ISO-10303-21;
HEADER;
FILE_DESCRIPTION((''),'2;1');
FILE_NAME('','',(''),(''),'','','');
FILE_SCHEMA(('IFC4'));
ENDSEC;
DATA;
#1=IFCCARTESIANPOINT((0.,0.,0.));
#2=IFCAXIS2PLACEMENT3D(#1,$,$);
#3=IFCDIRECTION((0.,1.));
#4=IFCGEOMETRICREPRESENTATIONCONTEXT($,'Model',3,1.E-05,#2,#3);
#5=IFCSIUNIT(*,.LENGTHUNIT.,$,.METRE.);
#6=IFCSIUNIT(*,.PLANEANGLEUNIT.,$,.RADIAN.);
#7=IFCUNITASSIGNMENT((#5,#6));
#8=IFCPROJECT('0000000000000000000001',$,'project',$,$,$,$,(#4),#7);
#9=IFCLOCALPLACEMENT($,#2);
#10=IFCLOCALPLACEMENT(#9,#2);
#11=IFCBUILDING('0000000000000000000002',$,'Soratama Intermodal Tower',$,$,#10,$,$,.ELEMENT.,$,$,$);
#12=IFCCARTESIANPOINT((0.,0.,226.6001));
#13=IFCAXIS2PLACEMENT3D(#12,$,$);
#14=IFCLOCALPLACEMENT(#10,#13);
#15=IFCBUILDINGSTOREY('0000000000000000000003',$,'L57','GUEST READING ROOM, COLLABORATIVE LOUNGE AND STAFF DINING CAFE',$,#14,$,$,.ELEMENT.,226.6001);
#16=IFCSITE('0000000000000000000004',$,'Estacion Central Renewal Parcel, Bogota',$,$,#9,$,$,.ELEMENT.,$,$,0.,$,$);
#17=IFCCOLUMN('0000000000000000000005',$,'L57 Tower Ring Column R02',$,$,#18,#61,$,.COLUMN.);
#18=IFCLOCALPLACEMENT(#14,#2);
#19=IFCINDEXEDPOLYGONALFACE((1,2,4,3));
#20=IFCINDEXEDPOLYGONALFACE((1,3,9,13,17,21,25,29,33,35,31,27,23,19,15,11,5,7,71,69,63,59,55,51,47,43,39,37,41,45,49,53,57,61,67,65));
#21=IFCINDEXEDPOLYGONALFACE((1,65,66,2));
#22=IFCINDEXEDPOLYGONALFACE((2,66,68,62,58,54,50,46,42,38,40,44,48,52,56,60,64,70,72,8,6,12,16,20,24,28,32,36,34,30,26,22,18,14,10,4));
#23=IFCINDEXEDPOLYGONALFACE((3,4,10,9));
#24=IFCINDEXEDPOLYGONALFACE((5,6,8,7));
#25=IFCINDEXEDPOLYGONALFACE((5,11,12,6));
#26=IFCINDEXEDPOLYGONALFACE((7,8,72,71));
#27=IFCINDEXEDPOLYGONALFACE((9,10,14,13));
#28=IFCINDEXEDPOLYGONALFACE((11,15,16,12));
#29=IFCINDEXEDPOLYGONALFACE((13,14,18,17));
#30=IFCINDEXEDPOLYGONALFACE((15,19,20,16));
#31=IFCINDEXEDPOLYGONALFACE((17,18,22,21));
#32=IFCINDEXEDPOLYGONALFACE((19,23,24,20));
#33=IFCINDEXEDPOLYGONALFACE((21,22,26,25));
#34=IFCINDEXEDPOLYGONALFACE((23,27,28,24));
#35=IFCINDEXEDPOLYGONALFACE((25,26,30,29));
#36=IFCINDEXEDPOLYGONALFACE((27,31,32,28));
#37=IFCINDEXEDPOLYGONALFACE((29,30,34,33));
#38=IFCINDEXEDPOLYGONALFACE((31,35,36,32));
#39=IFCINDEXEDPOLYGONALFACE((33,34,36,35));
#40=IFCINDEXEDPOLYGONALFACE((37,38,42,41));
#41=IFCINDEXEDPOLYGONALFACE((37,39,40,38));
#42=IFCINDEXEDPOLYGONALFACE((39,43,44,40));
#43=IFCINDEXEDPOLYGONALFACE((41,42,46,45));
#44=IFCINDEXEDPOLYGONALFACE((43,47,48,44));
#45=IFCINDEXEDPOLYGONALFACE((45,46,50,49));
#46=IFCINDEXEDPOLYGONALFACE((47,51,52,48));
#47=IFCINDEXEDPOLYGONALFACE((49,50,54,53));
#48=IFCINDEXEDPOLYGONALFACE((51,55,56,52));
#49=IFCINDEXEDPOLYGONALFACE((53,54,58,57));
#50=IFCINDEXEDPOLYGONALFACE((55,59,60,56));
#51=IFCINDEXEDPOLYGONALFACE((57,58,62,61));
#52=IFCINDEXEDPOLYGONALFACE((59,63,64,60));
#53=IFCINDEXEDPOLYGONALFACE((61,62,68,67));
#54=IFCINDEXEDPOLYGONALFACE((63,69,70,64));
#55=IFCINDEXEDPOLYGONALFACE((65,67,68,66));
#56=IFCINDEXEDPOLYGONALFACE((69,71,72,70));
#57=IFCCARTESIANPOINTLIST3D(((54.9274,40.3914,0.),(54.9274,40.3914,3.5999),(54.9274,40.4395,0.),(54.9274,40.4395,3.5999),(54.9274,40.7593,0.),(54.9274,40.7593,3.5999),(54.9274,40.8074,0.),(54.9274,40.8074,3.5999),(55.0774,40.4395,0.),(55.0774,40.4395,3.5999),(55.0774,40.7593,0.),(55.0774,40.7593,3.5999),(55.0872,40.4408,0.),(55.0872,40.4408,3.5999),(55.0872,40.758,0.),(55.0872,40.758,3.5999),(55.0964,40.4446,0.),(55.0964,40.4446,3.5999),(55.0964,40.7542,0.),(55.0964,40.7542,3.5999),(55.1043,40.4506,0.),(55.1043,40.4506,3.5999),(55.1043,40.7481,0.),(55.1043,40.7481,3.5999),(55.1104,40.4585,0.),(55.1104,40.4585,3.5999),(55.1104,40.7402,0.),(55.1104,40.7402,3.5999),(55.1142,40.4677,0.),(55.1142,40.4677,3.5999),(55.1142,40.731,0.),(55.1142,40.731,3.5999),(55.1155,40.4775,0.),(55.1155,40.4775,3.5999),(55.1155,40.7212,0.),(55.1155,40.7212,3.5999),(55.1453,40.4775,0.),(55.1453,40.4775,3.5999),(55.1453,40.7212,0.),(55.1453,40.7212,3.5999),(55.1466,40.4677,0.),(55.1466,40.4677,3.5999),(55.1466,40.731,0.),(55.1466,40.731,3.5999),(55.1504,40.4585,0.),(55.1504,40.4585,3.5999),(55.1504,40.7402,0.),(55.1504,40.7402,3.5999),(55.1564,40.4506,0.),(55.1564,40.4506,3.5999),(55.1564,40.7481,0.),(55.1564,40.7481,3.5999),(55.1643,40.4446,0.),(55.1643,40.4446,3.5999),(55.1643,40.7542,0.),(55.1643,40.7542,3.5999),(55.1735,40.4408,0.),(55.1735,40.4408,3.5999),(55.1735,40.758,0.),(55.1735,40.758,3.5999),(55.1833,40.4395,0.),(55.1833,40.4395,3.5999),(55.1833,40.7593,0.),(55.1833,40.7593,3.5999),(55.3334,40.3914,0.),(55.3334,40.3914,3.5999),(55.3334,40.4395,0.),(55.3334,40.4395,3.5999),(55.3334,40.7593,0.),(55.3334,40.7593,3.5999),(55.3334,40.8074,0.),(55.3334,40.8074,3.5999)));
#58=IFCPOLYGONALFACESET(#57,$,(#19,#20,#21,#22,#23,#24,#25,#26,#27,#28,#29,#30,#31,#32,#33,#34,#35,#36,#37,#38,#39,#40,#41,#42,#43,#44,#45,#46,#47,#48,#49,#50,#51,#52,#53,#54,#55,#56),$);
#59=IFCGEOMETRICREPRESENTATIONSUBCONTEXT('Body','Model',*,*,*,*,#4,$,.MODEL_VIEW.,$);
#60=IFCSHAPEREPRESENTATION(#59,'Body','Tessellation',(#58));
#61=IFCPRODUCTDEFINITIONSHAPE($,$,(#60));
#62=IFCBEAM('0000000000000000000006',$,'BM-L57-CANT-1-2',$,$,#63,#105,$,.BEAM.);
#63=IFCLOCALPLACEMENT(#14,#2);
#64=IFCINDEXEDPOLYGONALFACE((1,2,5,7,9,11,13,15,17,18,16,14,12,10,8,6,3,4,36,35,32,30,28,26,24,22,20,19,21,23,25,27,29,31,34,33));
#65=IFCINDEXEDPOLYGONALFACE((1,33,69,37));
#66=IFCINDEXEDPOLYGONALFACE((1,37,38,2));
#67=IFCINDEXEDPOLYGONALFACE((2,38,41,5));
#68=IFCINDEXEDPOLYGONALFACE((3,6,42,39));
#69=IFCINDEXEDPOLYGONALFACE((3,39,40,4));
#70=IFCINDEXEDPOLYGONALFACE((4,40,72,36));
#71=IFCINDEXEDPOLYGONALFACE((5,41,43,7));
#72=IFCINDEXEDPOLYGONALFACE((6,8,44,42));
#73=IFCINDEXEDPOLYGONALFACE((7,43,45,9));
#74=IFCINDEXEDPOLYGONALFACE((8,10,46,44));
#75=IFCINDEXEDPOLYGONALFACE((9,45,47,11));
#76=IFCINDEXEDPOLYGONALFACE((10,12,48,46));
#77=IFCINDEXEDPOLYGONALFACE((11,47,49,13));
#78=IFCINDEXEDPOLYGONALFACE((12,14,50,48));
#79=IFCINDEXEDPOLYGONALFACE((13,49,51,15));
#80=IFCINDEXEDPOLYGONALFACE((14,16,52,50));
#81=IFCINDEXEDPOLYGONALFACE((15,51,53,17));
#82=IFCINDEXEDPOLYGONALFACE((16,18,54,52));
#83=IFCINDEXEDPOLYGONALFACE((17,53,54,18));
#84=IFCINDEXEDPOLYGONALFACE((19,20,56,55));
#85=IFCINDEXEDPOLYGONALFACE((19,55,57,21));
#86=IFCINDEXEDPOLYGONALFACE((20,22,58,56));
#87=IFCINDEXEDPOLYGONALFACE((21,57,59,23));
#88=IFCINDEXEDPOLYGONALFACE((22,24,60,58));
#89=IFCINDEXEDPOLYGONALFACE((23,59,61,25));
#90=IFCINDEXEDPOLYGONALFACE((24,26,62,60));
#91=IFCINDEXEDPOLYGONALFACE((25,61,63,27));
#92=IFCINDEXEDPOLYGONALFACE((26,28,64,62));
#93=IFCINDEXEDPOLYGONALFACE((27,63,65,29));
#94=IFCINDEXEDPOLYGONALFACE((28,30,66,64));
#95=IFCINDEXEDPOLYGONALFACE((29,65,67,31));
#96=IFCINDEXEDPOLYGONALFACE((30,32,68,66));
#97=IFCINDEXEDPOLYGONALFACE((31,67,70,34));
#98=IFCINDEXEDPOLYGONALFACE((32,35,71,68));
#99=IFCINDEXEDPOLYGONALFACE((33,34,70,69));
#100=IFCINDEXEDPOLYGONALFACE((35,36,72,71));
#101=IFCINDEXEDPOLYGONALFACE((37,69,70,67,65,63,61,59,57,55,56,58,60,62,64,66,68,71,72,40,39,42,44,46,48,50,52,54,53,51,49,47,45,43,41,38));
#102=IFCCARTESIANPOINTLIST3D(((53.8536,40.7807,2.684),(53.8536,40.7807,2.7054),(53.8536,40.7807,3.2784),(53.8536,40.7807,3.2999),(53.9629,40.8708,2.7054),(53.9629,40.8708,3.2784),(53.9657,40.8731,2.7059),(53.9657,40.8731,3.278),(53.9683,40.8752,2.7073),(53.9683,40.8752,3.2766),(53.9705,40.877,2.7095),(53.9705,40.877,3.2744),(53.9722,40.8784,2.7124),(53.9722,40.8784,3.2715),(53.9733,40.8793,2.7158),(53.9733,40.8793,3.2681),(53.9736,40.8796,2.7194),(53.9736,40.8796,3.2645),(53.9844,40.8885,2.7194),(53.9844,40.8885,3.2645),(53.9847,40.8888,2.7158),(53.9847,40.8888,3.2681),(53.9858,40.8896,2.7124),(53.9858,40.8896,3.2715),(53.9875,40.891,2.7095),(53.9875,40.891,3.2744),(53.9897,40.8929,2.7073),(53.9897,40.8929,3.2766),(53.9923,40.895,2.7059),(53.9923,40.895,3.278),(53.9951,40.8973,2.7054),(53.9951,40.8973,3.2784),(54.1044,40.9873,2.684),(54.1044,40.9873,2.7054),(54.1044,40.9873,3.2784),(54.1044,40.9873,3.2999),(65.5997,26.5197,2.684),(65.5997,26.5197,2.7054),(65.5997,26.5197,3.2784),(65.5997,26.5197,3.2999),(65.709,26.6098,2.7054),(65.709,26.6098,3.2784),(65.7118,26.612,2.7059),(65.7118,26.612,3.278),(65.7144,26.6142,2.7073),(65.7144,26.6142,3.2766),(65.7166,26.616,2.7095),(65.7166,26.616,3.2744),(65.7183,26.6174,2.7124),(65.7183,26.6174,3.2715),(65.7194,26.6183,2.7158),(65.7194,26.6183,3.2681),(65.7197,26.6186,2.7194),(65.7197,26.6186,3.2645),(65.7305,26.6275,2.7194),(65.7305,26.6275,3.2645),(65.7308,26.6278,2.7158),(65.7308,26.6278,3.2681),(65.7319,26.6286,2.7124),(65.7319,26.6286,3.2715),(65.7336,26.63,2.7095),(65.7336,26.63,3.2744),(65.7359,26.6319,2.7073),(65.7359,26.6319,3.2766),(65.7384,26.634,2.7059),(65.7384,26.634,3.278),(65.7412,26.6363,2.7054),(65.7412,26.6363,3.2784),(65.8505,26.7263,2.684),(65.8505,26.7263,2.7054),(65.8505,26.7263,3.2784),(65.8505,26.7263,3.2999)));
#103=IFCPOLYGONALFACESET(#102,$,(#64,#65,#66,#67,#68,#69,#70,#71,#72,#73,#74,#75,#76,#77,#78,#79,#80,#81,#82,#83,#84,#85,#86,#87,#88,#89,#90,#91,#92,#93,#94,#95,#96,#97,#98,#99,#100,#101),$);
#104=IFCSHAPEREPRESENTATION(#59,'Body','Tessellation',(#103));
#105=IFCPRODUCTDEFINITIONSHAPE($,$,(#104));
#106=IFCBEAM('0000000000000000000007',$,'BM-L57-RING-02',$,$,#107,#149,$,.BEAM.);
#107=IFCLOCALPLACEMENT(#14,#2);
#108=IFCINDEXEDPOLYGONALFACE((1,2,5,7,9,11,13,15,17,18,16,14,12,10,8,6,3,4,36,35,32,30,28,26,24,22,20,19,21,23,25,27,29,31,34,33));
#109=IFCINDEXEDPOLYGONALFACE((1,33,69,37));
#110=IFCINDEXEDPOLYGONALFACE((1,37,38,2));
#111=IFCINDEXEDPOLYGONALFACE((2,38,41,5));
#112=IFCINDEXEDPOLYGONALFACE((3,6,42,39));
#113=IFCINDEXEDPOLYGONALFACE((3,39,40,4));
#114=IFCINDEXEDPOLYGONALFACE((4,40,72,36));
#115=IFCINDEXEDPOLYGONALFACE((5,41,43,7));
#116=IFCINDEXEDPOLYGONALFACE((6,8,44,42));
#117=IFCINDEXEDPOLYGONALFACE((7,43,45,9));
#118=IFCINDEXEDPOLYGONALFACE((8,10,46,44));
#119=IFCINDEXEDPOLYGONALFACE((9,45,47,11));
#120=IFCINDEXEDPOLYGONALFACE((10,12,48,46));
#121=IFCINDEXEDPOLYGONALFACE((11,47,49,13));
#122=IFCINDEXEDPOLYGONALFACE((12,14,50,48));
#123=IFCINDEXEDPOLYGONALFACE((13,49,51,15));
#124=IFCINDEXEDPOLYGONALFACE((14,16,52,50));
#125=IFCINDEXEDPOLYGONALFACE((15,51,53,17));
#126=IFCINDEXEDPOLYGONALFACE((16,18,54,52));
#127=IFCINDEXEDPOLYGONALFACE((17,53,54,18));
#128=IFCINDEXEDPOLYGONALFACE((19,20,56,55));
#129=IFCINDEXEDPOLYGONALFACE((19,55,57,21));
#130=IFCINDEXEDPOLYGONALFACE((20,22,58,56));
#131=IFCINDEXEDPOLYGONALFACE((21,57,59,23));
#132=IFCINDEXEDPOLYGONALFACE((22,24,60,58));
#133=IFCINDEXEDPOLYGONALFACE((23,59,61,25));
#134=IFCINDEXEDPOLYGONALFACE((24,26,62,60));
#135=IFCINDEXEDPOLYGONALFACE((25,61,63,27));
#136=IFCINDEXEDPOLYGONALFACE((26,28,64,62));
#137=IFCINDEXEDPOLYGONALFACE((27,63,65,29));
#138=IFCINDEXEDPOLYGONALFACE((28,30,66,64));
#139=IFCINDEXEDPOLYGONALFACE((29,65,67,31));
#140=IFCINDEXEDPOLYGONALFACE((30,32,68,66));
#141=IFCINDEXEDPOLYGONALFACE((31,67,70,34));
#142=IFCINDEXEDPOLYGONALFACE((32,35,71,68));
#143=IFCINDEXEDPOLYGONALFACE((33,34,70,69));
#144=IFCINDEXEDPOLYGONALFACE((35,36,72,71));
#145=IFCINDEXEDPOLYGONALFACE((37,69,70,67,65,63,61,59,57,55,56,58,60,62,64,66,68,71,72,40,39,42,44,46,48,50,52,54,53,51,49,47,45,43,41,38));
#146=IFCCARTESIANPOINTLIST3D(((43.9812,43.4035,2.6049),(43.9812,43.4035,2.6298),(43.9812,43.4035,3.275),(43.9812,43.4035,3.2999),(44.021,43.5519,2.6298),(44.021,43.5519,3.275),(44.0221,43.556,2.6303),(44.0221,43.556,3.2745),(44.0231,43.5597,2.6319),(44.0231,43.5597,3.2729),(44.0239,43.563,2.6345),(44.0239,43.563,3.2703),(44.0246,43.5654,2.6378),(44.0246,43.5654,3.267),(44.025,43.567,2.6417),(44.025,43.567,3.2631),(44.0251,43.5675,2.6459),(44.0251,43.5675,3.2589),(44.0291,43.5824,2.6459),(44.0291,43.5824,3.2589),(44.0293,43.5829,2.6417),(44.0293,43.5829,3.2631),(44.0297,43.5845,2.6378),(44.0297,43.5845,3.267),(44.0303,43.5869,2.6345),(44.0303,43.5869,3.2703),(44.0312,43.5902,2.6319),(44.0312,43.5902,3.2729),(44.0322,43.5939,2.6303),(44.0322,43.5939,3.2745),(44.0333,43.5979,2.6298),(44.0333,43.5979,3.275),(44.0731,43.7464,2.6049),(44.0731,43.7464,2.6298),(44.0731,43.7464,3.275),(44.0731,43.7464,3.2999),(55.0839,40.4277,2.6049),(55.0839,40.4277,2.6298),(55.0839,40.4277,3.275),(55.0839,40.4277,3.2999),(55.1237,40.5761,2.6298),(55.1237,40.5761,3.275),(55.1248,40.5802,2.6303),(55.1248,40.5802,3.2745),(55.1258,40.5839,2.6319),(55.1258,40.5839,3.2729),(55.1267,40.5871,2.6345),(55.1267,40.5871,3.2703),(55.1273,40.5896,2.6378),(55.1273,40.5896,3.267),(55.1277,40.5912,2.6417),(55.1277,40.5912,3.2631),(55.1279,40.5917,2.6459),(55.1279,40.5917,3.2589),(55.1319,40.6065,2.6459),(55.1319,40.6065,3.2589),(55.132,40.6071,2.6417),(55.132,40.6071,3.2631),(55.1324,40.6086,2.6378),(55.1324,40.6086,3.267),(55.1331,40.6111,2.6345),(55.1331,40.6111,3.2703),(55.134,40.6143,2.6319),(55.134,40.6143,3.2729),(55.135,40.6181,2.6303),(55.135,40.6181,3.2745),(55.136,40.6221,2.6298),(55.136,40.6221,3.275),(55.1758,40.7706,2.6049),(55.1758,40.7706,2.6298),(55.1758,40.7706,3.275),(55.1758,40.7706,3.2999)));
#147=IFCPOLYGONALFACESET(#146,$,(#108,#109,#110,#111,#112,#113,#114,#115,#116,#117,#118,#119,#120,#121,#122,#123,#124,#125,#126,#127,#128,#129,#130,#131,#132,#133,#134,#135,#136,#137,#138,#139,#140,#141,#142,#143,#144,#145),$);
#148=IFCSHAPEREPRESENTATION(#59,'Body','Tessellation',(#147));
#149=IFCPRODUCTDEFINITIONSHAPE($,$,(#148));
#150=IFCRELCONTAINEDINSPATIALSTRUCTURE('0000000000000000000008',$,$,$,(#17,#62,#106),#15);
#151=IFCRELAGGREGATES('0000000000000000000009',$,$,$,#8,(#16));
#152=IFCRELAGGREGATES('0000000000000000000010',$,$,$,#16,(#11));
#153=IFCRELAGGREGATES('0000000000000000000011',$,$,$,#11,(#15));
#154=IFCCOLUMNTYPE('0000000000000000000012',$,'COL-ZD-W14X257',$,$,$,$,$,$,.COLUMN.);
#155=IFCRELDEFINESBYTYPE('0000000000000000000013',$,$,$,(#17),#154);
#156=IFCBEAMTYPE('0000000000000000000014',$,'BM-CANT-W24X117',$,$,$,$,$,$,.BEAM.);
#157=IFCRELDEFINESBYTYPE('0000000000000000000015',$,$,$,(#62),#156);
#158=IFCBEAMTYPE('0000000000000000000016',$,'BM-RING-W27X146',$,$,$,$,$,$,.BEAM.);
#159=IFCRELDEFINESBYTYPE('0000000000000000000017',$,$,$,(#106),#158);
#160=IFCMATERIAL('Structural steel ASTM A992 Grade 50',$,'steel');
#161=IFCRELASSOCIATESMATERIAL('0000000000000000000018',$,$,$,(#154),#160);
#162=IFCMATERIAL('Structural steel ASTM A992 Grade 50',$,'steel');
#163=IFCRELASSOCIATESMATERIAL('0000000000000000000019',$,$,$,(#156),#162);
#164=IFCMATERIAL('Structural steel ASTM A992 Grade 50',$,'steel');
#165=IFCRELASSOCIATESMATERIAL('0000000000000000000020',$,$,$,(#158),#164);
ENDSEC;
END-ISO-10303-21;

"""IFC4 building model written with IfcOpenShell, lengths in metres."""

from ifc_helpers import new_model, si_unit, direction, frame, origin, origin_2d, place, context, subcontext, project, spatial, i_section, extrude, material, material_profile, profile_set, type_object, element, save


model = new_model("IFC4")

# Units and contexts
model_context = context("Model", 3, precision=1e-05, world=origin(), true_north=direction((0.0, 1.0)))
body_context = subcontext(model_context, "Body", "Model", "MODEL_VIEW")
ifc_project = project(units=[si_unit("LENGTHUNIT", "METRE"), si_unit("PLANEANGLEUNIT", "RADIAN")], contexts=[model_context])

# Site, building, storey
site_placement = place(None, origin())
site = spatial("IfcSite", under=ifc_project, at=site_placement, Name="Estacion Central Renewal Parcel, Bogota", CompositionType="ELEMENT", RefElevation=0.0)
building_placement = place(site_placement, origin())
building = spatial("IfcBuilding", under=site, at=building_placement, Name="Soratama Intermodal Tower", CompositionType="ELEMENT")
storey_placement = place(building_placement, frame((0.0, 0.0, 226.6001)))
storey = spatial("IfcBuildingStorey", under=building, at=storey_placement, Name="L57", Description="GUEST READING ROOM, COLLABORATIVE LOUNGE AND STAFF DINING CAFE", CompositionType="ELEMENT", Elevation=226.6001)

# Column
ifc_material_1 = material(Name="Structural steel ASTM A992 Grade 50", Category="steel")
ifc_material_profile_1 = material_profile(ifc_material_1, i_section(OverallWidth=0.406, OverallDepth=0.416, WebThickness=0.0298, FlangeThickness=0.0481, FilletRadius=0.0381, at=origin_2d()), Name="W14X257")
ifc_profile_set_1 = profile_set([ifc_material_profile_1], Name="Structural steel ASTM A992 Grade 50")
column_type = type_object("IfcColumnType", Name="COL-ZD-W14X257", PredefinedType="COLUMN", material=ifc_profile_set_1)
column_placement = place(storey_placement, frame((55.1304, 40.5994, 0.0), z_axis=(0.0, 0.0, 1.0), x_axis=(1.0, 0.0, 0.0)))
element("IfcColumn", 1, at=column_placement, inside=storey, type_object=column_type, Name="L57 Tower Ring Column R02", PredefinedType="COLUMN", context=body_context, shape_type="SweptSolid", body=[
    extrude(i_section(OverallWidth=0.406, OverallDepth=0.416, WebThickness=0.0298, FlangeThickness=0.0481, FilletRadius=0.0381, at=origin_2d()), origin(), (0.0, 0.0, 1.0), 3.5999),
])

# Beams
ifc_material_2 = material(Name="Structural steel ASTM A992 Grade 50", Category="steel")
ifc_material_profile_2 = material_profile(ifc_material_2, i_section(OverallWidth=0.325, OverallDepth=0.616, WebThickness=0.0139, FlangeThickness=0.0215, FilletRadius=0.0139, at=origin_2d()), Name="W24X117")
ifc_profile_set_2 = profile_set([ifc_material_profile_2], Name="Structural steel ASTM A992 Grade 50")
beam_type_1 = type_object("IfcBeamType", Name="BM-CANT-W24X117", PredefinedType="BEAM", material=ifc_profile_set_2)
beam_1_placement = place(storey_placement, frame((53.979, 40.884, 2.9919), z_axis=(0.635764, -0.771884, 0.0), x_axis=(0.771884, 0.635764, 0.0)))
element("IfcBeam", 2, at=beam_1_placement, inside=storey, type_object=beam_type_1, Name="BM-L57-CANT-1-2", PredefinedType="BEAM", context=body_context, shape_type="SweptSolid", body=[
    extrude(i_section(OverallWidth=0.325, OverallDepth=0.616, WebThickness=0.0139, FlangeThickness=0.0215, FilletRadius=0.0139, at=origin_2d()), origin(), (0.0, 0.0, 1.0), 18.4756),
])
ifc_material_3 = material(Name="Structural steel ASTM A992 Grade 50", Category="steel")
ifc_material_profile_3 = material_profile(ifc_material_3, i_section(OverallWidth=0.355, OverallDepth=0.6951, WebThickness=0.0154, FlangeThickness=0.0249, FilletRadius=0.0161, at=origin_2d()), Name="W27X146")
ifc_profile_set_3 = profile_set([ifc_material_profile_3], Name="Structural steel ASTM A992 Grade 50")
beam_type_2 = type_object("IfcBeamType", Name="BM-RING-W27X146", PredefinedType="BEAM", material=ifc_profile_set_3)
beam_2_placement = place(storey_placement, frame((55.1299, 40.5991, 2.9524), z_axis=(-0.965907, 0.258888, 0.0), x_axis=(-0.258888, -0.965907, 0.0)))
element("IfcBeam", 3, at=beam_2_placement, inside=storey, type_object=beam_type_2, Name="BM-L57-RING-02", PredefinedType="BEAM", context=body_context, shape_type="SweptSolid", body=[
    extrude(i_section(OverallWidth=0.355, OverallDepth=0.6951, WebThickness=0.0154, FlangeThickness=0.0249, FilletRadius=0.0161, at=origin_2d()), origin(), (0.0, 0.0, 1.0), 11.4946),
])

save(model, "model.ifc")
